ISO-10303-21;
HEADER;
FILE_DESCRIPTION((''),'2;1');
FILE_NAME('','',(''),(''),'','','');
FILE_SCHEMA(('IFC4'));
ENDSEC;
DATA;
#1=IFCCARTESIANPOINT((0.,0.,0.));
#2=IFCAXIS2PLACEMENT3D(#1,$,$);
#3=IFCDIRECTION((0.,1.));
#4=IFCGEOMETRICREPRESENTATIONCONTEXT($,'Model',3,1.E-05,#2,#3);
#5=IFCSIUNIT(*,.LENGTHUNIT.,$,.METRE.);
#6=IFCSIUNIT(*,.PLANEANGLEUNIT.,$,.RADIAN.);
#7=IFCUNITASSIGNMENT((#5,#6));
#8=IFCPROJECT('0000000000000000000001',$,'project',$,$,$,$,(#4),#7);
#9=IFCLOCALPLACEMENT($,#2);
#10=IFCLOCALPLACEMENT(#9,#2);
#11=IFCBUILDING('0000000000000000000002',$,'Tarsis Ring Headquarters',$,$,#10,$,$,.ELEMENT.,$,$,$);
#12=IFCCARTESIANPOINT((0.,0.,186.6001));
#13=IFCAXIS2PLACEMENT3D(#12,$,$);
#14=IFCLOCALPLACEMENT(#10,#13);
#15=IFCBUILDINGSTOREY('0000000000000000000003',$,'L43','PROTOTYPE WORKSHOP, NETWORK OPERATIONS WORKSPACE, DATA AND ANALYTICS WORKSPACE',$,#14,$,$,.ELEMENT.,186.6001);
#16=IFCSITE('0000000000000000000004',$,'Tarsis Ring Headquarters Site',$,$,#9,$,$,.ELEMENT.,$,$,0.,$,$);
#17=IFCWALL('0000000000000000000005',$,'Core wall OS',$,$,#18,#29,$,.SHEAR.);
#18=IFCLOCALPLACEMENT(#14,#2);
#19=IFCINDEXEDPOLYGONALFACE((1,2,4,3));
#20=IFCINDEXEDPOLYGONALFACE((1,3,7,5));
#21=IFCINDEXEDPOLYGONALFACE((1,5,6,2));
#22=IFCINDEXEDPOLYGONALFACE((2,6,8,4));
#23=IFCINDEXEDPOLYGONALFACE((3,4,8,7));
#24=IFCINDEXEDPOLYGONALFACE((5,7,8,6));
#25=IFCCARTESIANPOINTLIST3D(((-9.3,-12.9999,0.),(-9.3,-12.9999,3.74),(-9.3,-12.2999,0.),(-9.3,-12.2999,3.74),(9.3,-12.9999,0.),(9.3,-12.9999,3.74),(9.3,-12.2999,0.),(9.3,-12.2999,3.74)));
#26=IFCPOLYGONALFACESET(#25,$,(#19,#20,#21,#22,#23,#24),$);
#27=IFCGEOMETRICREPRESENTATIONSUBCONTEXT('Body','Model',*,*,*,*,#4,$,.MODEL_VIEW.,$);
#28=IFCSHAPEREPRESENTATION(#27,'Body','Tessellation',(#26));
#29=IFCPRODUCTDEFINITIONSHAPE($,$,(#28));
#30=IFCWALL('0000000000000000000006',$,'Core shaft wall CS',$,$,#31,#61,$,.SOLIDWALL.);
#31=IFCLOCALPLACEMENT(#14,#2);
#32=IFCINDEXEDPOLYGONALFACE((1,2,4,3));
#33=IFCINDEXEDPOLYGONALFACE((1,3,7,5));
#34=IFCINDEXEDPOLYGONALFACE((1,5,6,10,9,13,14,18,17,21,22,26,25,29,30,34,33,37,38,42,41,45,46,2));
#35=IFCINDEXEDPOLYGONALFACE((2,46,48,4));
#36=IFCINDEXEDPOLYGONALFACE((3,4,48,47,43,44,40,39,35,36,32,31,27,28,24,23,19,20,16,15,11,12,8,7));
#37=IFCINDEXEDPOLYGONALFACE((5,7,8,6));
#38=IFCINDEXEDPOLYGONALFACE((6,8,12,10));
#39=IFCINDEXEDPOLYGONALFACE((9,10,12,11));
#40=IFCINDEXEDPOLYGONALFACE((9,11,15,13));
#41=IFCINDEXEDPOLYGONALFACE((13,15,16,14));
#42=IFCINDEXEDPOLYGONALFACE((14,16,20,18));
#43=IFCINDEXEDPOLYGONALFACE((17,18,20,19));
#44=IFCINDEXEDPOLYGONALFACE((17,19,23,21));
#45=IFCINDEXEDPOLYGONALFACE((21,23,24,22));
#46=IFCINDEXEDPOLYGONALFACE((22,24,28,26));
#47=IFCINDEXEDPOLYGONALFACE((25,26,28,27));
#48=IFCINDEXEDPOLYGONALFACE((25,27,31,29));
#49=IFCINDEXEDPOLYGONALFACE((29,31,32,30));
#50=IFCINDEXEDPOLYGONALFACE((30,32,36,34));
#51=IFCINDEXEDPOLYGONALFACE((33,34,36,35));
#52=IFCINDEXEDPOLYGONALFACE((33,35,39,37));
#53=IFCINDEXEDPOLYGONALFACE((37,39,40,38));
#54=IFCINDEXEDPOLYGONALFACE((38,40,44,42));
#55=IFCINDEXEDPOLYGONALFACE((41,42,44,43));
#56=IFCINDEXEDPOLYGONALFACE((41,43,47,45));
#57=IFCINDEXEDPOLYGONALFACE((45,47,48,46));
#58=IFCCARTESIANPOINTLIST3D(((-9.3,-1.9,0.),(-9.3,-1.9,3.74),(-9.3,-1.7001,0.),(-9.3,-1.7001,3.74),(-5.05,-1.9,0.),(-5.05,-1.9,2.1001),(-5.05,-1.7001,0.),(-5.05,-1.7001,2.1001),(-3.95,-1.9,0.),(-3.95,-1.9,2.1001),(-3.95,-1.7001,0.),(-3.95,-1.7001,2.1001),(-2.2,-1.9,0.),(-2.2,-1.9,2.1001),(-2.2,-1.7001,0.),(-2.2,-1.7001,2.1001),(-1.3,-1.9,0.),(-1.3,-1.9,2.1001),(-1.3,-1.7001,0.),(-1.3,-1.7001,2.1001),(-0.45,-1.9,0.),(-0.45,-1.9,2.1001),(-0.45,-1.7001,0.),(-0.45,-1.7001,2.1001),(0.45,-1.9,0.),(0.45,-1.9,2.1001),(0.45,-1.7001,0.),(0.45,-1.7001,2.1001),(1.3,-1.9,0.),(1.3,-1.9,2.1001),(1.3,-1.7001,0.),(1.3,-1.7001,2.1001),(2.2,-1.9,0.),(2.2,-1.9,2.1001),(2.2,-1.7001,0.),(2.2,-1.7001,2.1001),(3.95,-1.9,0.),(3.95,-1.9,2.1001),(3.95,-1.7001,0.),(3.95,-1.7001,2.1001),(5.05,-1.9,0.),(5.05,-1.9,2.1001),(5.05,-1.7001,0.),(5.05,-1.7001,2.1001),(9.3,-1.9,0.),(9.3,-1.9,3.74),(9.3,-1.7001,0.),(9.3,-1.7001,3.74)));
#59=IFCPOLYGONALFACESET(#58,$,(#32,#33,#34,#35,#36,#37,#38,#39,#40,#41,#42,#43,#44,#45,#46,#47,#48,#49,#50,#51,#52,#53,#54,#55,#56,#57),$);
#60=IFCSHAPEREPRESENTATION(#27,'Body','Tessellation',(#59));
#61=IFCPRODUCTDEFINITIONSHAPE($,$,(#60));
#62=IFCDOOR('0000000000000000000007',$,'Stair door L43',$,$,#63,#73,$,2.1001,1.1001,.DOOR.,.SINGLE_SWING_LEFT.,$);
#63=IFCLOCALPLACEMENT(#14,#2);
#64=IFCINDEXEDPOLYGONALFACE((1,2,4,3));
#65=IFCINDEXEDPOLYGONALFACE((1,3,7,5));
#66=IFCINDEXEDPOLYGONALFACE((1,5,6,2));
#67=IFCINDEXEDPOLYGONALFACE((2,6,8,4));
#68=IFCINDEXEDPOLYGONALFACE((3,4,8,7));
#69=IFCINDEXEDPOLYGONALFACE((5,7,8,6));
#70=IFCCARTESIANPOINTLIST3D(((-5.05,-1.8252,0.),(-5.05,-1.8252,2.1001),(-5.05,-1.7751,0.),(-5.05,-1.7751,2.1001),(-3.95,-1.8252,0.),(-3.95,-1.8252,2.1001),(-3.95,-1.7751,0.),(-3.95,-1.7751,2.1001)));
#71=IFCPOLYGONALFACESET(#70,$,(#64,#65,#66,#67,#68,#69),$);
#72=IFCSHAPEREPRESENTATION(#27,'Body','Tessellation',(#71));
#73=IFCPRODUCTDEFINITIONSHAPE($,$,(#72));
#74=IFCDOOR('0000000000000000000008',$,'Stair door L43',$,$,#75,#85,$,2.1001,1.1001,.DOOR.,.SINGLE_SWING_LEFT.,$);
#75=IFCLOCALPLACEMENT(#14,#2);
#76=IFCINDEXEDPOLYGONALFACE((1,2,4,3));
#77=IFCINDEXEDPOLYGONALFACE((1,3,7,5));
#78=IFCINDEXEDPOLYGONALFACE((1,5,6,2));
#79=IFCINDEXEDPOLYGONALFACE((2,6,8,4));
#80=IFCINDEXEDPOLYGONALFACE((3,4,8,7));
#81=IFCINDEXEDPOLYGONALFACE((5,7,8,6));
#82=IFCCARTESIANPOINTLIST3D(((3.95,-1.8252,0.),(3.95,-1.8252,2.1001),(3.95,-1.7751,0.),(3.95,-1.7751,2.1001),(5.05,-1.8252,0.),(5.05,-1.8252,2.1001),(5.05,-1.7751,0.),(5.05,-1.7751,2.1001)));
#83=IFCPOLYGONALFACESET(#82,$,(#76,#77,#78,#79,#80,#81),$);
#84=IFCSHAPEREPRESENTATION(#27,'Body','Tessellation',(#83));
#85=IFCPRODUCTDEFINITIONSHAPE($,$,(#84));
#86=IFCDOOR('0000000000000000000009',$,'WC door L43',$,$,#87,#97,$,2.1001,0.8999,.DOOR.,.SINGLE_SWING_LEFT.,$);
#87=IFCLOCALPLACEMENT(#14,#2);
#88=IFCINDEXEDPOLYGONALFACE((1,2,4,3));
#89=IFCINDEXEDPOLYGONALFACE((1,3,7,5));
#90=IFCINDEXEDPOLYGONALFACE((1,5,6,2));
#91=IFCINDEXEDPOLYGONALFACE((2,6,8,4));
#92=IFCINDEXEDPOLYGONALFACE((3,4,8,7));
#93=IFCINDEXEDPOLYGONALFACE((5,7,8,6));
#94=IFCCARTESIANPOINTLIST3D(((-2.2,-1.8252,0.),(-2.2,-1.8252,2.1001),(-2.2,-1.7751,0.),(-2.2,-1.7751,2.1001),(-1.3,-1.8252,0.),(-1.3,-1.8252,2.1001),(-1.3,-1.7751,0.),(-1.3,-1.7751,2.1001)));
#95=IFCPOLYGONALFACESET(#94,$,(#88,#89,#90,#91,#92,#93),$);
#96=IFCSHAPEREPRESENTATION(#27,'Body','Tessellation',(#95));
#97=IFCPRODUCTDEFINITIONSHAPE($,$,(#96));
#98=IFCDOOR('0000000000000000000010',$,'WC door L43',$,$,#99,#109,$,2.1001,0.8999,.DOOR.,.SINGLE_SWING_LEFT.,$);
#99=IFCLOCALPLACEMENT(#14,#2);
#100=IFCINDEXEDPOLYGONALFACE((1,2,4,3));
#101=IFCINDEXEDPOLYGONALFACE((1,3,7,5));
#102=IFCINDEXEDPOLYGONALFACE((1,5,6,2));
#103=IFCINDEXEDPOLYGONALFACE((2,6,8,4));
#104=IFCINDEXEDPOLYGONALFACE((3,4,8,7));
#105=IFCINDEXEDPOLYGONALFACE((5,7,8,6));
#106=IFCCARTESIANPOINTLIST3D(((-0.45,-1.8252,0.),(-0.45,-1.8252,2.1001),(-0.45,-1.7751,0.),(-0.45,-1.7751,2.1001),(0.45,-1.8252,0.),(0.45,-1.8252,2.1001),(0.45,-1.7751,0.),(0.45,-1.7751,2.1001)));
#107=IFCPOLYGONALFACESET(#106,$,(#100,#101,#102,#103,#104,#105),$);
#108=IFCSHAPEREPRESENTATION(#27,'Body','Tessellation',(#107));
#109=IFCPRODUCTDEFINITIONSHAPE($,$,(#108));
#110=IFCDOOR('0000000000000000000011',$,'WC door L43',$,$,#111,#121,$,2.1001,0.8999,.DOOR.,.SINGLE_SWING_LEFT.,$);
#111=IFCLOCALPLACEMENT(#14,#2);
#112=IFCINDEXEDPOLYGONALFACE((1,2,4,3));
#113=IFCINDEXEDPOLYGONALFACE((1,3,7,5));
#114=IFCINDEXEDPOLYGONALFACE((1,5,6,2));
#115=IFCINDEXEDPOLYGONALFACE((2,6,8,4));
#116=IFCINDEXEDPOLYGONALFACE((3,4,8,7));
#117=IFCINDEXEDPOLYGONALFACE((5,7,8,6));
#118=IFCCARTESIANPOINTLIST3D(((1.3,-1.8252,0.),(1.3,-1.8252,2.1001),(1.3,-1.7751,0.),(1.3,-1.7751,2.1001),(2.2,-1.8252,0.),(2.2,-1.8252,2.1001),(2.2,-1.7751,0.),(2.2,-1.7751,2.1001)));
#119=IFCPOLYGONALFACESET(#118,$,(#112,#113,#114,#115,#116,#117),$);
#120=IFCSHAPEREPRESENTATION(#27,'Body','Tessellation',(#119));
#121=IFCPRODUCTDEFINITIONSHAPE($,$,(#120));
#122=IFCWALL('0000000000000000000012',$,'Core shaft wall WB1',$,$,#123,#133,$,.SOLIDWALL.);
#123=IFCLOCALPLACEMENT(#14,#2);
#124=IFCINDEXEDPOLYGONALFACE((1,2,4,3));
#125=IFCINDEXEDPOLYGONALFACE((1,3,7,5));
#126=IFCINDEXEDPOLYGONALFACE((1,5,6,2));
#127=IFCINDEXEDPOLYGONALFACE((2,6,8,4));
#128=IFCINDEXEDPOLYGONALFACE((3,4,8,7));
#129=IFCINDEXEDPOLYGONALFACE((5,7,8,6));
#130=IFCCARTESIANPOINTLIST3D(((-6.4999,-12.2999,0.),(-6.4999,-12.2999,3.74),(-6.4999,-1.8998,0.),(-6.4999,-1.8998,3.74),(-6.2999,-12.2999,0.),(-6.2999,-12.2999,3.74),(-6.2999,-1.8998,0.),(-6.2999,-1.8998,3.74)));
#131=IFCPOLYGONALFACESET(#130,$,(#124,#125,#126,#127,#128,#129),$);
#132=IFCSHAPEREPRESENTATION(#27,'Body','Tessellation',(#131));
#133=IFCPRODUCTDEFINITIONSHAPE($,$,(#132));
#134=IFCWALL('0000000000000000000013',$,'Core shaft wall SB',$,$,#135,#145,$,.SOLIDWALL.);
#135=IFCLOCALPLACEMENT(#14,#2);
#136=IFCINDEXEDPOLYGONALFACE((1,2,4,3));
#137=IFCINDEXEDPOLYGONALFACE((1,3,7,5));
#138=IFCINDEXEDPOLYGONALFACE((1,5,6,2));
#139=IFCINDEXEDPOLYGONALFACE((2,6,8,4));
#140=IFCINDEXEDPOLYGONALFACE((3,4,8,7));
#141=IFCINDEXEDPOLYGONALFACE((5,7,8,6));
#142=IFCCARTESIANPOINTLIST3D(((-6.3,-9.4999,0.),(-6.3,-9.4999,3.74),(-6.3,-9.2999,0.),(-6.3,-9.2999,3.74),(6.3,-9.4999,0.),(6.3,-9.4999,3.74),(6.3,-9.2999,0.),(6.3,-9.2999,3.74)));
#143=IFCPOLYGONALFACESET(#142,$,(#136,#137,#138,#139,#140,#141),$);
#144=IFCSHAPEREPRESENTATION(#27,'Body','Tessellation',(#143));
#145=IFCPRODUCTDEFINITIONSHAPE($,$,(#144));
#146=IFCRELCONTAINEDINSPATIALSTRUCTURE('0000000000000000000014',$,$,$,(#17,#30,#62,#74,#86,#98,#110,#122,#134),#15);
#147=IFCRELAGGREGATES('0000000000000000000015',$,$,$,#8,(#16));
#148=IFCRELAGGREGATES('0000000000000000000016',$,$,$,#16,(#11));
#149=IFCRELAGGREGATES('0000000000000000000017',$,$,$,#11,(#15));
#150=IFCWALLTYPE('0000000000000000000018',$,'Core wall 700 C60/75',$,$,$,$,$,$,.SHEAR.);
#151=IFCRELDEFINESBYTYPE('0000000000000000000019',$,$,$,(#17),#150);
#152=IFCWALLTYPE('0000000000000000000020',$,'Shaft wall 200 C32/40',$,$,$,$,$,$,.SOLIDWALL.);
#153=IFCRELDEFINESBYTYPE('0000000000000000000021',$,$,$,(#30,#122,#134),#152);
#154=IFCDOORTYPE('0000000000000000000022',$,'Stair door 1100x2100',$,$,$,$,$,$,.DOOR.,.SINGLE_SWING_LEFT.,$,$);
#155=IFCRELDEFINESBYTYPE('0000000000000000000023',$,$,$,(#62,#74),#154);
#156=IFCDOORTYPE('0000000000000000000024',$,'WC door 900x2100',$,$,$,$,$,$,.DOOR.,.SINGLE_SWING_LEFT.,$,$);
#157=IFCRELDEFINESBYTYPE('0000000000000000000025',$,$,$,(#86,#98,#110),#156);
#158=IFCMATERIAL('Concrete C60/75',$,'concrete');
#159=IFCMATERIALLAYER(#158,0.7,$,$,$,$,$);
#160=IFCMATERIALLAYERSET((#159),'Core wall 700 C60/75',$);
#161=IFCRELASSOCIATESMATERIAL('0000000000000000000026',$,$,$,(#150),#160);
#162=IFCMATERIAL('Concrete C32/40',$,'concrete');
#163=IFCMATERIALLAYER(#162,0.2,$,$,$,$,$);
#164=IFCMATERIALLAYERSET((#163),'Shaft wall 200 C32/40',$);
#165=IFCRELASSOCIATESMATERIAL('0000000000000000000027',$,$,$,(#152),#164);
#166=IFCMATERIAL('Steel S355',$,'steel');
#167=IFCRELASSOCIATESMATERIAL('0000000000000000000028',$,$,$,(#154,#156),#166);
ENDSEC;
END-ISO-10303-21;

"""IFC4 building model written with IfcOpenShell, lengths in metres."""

from ifc_helpers import new_model, si_unit, direction, frame, frame_2d, origin, place, context, subcontext, project, spatial, rectangle, extrude, material, layer, layer_set, type_object, element, fill, save


model = new_model("IFC4")

# Units and contexts
model_context = context("Model", 3, precision=1e-05, world=origin(), true_north=direction((0.0, 1.0)))
body_context = subcontext(model_context, "Body", "Model", "MODEL_VIEW")
ifc_project = project(units=[si_unit("LENGTHUNIT", "METRE"), si_unit("PLANEANGLEUNIT", "RADIAN")], contexts=[model_context])

# Site, building, storey
site_placement = place(None, origin())
site = spatial("IfcSite", under=ifc_project, at=site_placement, Name="Tarsis Ring Headquarters Site", CompositionType="ELEMENT", RefElevation=0.0)
building_placement = place(site_placement, origin())
building = spatial("IfcBuilding", under=site, at=building_placement, Name="Tarsis Ring Headquarters", CompositionType="ELEMENT")
storey_placement = place(building_placement, frame((0.0, 0.0, 186.6001)))
storey = spatial("IfcBuildingStorey", under=building, at=storey_placement, Name="L43", Description="PROTOTYPE WORKSHOP, NETWORK OPERATIONS WORKSPACE, DATA AND ANALYTICS WORKSPACE", CompositionType="ELEMENT", Elevation=186.6001)

# Shared definitions
ifc_material_1 = material(Name="Concrete C60/75", Category="concrete")
ifc_layer_1 = layer(ifc_material_1, 0.7)
ifc_layer_set_1 = layer_set([ifc_layer_1], Name="Core wall 700 C60/75")
wall_type_1 = type_object("IfcWallType", Name="Core wall 700 C60/75", PredefinedType="SHEAR", material=ifc_layer_set_1)
ifc_material_2 = material(Name="Steel S355", Category="steel")

# Wall
wall_1_placement = place(storey_placement, frame((-9.3, -12.6499, 0.0), z_axis=(0.0, 0.0, 1.0), x_axis=(1.0, 0.0, 0.0)))
element("IfcWall", 1, at=wall_1_placement, inside=storey, type_object=wall_type_1, Name="Core wall OS", PredefinedType="SHEAR", context=body_context, shape_type="SweptSolid", body=[
    extrude(rectangle(XDim=18.6001, YDim=0.7, at=frame_2d((9.3, 0.0))), origin(), (0.0, 0.0, 1.0), 3.74),
])

# Wall, openings, doors
ifc_material_3 = material(Name="Concrete C32/40", Category="concrete")
ifc_layer_2 = layer(ifc_material_3, 0.2)
ifc_layer_set_2 = layer_set([ifc_layer_2], Name="Shaft wall 200 C32/40")
wall_type_2 = type_object("IfcWallType", Name="Shaft wall 200 C32/40", PredefinedType="SOLIDWALL", material=ifc_layer_set_2)
wall_2_placement = place(storey_placement, frame((-9.3, -1.8, 0.0), z_axis=(0.0, 0.0, 1.0), x_axis=(1.0, 0.0, 0.0)))
wall_2 = element("IfcWall", 2, at=wall_2_placement, inside=storey, type_object=wall_type_2, Name="Core shaft wall CS", PredefinedType="SOLIDWALL", context=body_context, shape_type="SweptSolid", body=[
    extrude(rectangle(XDim=18.6001, YDim=0.2, at=frame_2d((9.3, 0.0))), origin(), (0.0, 0.0, 1.0), 3.74),
])
opening_1_placement = place(wall_2_placement, frame((4.25, 0.0, 0.0)))
opening_1 = element("IfcOpeningElement", 3, at=opening_1_placement, cuts=wall_2, PredefinedType="OPENING", context=body_context, shape_type="SweptSolid", body=[
    extrude(rectangle(XDim=1.1001, YDim=2.1001, at=frame_2d((0.55, 1.05))), frame((0.0, 0.1099, 0.0), z_axis=(0.0, -1.0, 0.0), x_axis=(1.0, 0.0, 0.0)), (0.0, 0.0, 1.0), 0.22),
])
opening_2_placement = place(wall_2_placement, frame((7.1001, 0.0, 0.0)))
opening_2 = element("IfcOpeningElement", 4, at=opening_2_placement, cuts=wall_2, PredefinedType="OPENING", context=body_context, shape_type="SweptSolid", body=[
    extrude(rectangle(XDim=0.8999, YDim=2.1001, at=frame_2d((0.45, 1.05))), frame((0.0, 0.1099, 0.0), z_axis=(0.0, -1.0, 0.0), x_axis=(1.0, 0.0, 0.0)), (0.0, 0.0, 1.0), 0.22),
])
opening_3_placement = place(wall_2_placement, frame((8.8501, 0.0, 0.0)))
opening_3 = element("IfcOpeningElement", 5, at=opening_3_placement, cuts=wall_2, PredefinedType="OPENING", context=body_context, shape_type="SweptSolid", body=[
    extrude(rectangle(XDim=0.8999, YDim=2.1001, at=frame_2d((0.45, 1.05))), frame((0.0, 0.1099, 0.0), z_axis=(0.0, -1.0, 0.0), x_axis=(1.0, 0.0, 0.0)), (0.0, 0.0, 1.0), 0.22),
])
opening_4_placement = place(wall_2_placement, frame((10.6001, 0.0, 0.0)))
opening_4 = element("IfcOpeningElement", 6, at=opening_4_placement, cuts=wall_2, PredefinedType="OPENING", context=body_context, shape_type="SweptSolid", body=[
    extrude(rectangle(XDim=0.8999, YDim=2.1001, at=frame_2d((0.45, 1.05))), frame((0.0, 0.1099, 0.0), z_axis=(0.0, -1.0, 0.0), x_axis=(1.0, 0.0, 0.0)), (0.0, 0.0, 1.0), 0.22),
])
opening_5_placement = place(wall_2_placement, frame((13.25, 0.0, 0.0)))
opening_5 = element("IfcOpeningElement", 7, at=opening_5_placement, cuts=wall_2, PredefinedType="OPENING", context=body_context, shape_type="SweptSolid", body=[
    extrude(rectangle(XDim=1.1001, YDim=2.1001, at=frame_2d((0.55, 1.05))), frame((0.0, 0.1099, 0.0), z_axis=(0.0, -1.0, 0.0), x_axis=(1.0, 0.0, 0.0)), (0.0, 0.0, 1.0), 0.22),
])
door_type_1 = type_object("IfcDoorType", Name="Stair door 1100x2100", OperationType="SINGLE_SWING_LEFT", PredefinedType="DOOR", material=ifc_material_2)
door_1_placement = place(opening_1_placement, origin())
door_1 = element("IfcDoor", 8, at=door_1_placement, inside=storey, type_object=door_type_1, Name="Stair door L43", OperationType="SINGLE_SWING_LEFT", OverallHeight=2.1001, OverallWidth=1.1001, PredefinedType="DOOR", context=body_context, shape_type="SweptSolid", body=[
    extrude(rectangle(XDim=1.1001, YDim=2.1001, at=frame_2d((0.55, 1.05))), frame((0.0, 0.0249, 0.0), z_axis=(0.0, -1.0, 0.0), x_axis=(1.0, 0.0, 0.0)), (0.0, 0.0, 1.0), 0.05),
])
fill(opening_1, door_1)
door_2_placement = place(opening_5_placement, origin())
door_2 = element("IfcDoor", 9, at=door_2_placement, inside=storey, type_object=door_type_1, Name="Stair door L43", OperationType="SINGLE_SWING_LEFT", OverallHeight=2.1001, OverallWidth=1.1001, PredefinedType="DOOR", context=body_context, shape_type="SweptSolid", body=[
    extrude(rectangle(XDim=1.1001, YDim=2.1001, at=frame_2d((0.55, 1.05))), frame((0.0, 0.0249, 0.0), z_axis=(0.0, -1.0, 0.0), x_axis=(1.0, 0.0, 0.0)), (0.0, 0.0, 1.0), 0.05),
])
fill(opening_5, door_2)
door_type_2 = type_object("IfcDoorType", Name="WC door 900x2100", OperationType="SINGLE_SWING_LEFT", PredefinedType="DOOR", material=ifc_material_2)
door_3_placement = place(opening_2_placement, origin())
door_3 = element("IfcDoor", 10, at=door_3_placement, inside=storey, type_object=door_type_2, Name="WC door L43", OperationType="SINGLE_SWING_LEFT", OverallHeight=2.1001, OverallWidth=0.8999, PredefinedType="DOOR", context=body_context, shape_type="SweptSolid", body=[
    extrude(rectangle(XDim=0.8999, YDim=2.1001, at=frame_2d((0.45, 1.05))), frame((0.0, 0.0249, 0.0), z_axis=(0.0, -1.0, 0.0), x_axis=(1.0, 0.0, 0.0)), (0.0, 0.0, 1.0), 0.05),
])
fill(opening_2, door_3)
door_4_placement = place(opening_3_placement, origin())
door_4 = element("IfcDoor", 11, at=door_4_placement, inside=storey, type_object=door_type_2, Name="WC door L43", OperationType="SINGLE_SWING_LEFT", OverallHeight=2.1001, OverallWidth=0.8999, PredefinedType="DOOR", context=body_context, shape_type="SweptSolid", body=[
    extrude(rectangle(XDim=0.8999, YDim=2.1001, at=frame_2d((0.45, 1.05))), frame((0.0, 0.0249, 0.0), z_axis=(0.0, -1.0, 0.0), x_axis=(1.0, 0.0, 0.0)), (0.0, 0.0, 1.0), 0.05),
])
fill(opening_3, door_4)
door_5_placement = place(opening_4_placement, origin())
door_5 = element("IfcDoor", 12, at=door_5_placement, inside=storey, type_object=door_type_2, Name="WC door L43", OperationType="SINGLE_SWING_LEFT", OverallHeight=2.1001, OverallWidth=0.8999, PredefinedType="DOOR", context=body_context, shape_type="SweptSolid", body=[
    extrude(rectangle(XDim=0.8999, YDim=2.1001, at=frame_2d((0.45, 1.05))), frame((0.0, 0.0249, 0.0), z_axis=(0.0, -1.0, 0.0), x_axis=(1.0, 0.0, 0.0)), (0.0, 0.0, 1.0), 0.05),
])
fill(opening_4, door_5)

# Walls
wall_3_placement = place(storey_placement, frame((-6.3999, -12.3, 0.0), z_axis=(0.0, 0.0, 1.0), x_axis=(0.0, 1.0, 0.0)))
element("IfcWall", 13, at=wall_3_placement, inside=storey, type_object=wall_type_2, Name="Core shaft wall WB1", PredefinedType="SOLIDWALL", context=body_context, shape_type="SweptSolid", body=[
    extrude(rectangle(XDim=10.4001, YDim=0.2, at=frame_2d((5.2002, 0.0))), origin(), (0.0, 0.0, 1.0), 3.74),
])
wall_4_placement = place(storey_placement, frame((-6.3, -9.3999, 0.0), z_axis=(0.0, 0.0, 1.0), x_axis=(1.0, 0.0, 0.0)))
element("IfcWall", 14, at=wall_4_placement, inside=storey, type_object=wall_type_2, Name="Core shaft wall SB", PredefinedType="SOLIDWALL", context=body_context, shape_type="SweptSolid", body=[
    extrude(rectangle(XDim=12.6001, YDim=0.2, at=frame_2d((6.3, 0.0))), origin(), (0.0, 0.0, 1.0), 3.74),
])

save(model, "model.ifc")
